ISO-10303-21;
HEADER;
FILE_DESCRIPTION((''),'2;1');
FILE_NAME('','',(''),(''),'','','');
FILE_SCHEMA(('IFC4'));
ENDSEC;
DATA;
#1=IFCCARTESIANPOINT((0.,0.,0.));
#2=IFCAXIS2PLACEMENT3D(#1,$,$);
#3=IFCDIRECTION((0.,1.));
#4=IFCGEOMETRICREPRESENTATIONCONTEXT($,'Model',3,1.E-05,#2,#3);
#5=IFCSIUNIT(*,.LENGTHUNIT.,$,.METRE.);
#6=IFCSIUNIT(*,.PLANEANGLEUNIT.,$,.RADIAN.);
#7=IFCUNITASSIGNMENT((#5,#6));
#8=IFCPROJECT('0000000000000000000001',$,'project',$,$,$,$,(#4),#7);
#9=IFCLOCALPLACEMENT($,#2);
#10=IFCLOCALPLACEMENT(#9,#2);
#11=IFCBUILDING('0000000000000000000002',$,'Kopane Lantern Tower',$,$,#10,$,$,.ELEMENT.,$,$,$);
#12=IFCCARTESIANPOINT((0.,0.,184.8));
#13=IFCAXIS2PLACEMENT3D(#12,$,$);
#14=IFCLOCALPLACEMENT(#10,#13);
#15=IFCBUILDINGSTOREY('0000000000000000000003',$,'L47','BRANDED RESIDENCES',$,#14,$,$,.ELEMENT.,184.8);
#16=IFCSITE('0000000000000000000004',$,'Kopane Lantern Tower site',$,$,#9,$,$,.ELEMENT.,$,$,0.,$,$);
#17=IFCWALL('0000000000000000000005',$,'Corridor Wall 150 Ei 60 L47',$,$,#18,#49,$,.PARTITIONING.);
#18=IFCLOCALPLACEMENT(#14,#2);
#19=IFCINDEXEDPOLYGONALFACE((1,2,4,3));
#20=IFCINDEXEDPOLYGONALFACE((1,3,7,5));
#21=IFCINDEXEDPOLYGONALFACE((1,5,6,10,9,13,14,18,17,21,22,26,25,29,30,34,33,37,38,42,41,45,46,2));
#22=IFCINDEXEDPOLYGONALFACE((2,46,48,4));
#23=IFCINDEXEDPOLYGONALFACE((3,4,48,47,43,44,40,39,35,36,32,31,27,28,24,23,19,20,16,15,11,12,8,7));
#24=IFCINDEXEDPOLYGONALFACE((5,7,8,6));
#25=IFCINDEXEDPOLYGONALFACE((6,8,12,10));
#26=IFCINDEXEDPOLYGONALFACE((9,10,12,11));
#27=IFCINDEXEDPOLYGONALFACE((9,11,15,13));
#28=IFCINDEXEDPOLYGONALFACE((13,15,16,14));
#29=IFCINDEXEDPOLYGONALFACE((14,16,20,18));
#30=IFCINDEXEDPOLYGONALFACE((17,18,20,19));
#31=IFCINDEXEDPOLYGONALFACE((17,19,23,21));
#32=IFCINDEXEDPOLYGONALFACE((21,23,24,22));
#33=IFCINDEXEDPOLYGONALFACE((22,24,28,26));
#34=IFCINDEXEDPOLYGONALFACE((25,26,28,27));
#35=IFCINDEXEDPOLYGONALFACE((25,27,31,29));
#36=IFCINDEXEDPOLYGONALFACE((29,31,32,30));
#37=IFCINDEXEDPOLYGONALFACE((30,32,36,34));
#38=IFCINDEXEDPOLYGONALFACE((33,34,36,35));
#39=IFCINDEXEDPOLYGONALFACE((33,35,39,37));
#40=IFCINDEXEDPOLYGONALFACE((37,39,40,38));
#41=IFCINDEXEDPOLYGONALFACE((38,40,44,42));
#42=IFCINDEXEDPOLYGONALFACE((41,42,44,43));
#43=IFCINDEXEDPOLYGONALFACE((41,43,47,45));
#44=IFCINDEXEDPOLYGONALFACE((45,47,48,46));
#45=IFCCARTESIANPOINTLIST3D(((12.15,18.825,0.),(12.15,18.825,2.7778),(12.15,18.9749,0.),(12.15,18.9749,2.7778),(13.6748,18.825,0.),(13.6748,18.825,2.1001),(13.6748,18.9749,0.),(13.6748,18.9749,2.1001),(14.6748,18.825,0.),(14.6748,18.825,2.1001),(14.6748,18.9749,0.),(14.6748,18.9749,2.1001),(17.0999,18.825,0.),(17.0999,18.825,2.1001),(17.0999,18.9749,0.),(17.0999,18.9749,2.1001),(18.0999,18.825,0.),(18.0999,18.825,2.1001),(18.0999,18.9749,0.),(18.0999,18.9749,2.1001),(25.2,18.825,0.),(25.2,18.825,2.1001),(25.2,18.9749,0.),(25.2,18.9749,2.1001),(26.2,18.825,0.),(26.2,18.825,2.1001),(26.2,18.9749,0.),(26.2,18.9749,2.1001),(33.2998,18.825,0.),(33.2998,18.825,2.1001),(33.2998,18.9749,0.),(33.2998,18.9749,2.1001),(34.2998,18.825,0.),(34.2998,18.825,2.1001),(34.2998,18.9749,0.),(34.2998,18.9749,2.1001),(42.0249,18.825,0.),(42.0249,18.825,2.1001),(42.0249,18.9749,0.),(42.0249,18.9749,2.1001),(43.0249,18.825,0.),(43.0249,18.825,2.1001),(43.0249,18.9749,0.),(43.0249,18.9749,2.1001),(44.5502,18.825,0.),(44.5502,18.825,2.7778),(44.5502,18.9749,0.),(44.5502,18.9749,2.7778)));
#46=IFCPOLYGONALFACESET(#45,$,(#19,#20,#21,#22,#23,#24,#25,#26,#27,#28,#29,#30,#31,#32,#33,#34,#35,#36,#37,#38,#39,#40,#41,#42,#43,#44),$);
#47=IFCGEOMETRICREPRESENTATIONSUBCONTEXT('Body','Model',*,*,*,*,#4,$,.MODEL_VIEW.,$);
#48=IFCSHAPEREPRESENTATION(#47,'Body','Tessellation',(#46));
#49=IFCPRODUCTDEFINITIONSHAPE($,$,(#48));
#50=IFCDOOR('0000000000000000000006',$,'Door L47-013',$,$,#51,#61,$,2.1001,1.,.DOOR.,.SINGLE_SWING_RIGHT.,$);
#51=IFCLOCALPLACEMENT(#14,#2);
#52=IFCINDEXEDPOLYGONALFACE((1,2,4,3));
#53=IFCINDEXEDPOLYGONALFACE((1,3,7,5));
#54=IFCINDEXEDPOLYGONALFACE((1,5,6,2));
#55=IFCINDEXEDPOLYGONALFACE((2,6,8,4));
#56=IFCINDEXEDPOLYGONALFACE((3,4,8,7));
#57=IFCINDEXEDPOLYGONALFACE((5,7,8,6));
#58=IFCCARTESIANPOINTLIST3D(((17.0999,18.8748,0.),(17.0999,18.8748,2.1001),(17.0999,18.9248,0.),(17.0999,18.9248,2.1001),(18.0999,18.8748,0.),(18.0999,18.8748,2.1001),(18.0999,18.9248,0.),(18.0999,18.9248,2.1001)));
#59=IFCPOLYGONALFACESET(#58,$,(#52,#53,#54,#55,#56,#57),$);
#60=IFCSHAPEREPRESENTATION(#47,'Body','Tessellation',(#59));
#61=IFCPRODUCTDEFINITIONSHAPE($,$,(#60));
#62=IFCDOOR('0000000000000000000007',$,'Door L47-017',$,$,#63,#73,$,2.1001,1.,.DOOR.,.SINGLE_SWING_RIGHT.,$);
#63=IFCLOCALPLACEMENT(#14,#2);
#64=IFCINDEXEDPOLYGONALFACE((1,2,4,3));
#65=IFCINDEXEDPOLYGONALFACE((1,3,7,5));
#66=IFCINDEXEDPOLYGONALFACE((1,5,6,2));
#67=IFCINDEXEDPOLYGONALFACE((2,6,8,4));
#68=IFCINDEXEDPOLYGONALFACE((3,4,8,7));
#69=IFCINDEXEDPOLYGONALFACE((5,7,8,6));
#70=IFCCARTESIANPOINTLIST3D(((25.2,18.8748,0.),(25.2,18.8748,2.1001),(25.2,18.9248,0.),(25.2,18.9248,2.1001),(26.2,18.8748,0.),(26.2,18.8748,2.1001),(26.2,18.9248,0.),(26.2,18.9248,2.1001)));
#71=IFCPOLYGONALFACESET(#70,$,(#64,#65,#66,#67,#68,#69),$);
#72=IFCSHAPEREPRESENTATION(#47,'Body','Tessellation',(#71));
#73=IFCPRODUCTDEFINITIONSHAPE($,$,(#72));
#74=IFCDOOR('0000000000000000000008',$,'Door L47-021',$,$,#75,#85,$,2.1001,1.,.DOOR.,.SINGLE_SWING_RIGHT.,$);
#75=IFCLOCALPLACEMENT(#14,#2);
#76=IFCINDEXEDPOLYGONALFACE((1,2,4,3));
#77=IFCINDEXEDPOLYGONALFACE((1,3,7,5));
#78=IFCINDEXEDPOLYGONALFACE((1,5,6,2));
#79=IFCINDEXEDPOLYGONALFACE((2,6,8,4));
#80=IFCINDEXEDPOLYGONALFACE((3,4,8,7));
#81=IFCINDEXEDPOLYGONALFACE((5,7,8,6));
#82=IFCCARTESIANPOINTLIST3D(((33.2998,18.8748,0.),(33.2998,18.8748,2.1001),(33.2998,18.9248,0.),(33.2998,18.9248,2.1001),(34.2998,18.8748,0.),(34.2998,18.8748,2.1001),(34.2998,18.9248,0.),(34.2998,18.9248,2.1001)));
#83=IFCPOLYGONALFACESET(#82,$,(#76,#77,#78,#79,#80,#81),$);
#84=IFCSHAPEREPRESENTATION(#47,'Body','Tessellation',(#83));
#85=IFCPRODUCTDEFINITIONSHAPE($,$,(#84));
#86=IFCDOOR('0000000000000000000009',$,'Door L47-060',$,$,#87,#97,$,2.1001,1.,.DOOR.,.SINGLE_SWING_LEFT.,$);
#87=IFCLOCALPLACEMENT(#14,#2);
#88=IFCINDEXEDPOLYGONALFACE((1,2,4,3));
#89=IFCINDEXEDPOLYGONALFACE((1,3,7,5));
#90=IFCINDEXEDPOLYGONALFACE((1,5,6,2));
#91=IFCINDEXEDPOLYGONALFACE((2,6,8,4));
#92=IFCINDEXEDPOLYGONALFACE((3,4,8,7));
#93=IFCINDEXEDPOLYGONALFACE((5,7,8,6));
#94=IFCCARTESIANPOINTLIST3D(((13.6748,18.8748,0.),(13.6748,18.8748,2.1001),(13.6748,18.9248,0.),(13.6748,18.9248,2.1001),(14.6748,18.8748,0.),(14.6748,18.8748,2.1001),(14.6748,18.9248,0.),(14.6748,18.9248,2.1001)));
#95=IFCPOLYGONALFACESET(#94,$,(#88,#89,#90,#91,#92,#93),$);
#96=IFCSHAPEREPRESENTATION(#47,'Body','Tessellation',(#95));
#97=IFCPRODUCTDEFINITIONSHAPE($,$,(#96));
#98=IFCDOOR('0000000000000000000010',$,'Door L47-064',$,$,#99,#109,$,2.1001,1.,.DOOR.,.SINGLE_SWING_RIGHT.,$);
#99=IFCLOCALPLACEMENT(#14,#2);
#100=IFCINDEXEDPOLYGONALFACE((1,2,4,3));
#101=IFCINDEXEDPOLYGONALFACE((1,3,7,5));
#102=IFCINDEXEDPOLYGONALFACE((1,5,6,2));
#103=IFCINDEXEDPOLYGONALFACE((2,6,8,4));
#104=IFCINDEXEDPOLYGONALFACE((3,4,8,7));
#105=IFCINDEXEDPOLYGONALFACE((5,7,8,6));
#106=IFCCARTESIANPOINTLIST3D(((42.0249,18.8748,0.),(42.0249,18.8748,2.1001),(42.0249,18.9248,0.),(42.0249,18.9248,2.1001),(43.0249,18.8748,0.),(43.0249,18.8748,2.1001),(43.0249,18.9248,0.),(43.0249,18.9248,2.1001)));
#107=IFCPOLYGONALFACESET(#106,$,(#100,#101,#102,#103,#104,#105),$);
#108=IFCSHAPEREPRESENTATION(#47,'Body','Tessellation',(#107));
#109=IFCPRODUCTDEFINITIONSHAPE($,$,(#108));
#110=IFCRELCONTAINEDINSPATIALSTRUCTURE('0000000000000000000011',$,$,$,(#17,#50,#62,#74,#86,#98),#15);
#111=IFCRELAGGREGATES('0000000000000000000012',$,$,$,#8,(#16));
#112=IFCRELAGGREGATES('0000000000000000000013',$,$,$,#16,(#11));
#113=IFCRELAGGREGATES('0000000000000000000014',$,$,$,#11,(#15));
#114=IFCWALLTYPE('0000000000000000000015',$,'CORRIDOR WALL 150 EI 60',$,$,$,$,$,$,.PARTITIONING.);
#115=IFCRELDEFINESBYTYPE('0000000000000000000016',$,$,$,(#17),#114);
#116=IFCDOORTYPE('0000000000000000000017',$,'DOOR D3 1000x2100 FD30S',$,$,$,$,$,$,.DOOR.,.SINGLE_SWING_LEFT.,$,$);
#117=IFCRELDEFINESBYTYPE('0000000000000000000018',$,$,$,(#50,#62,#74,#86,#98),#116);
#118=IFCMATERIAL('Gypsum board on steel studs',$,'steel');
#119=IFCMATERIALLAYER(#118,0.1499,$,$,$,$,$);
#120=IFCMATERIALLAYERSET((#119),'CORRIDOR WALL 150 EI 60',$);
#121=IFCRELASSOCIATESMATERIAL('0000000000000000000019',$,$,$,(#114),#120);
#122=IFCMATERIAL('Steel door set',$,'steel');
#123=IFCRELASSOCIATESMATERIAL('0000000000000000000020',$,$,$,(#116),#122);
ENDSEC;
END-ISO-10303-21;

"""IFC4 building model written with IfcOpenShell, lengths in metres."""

from ifc_helpers import new_model, si_unit, direction, frame, frame_2d, origin, place, context, subcontext, project, spatial, rectangle, extrude, material, layer, layer_set, type_object, element, fill, save


model = new_model("IFC4")

# Units and contexts
model_context = context("Model", 3, precision=1e-05, world=origin(), true_north=direction((0.0, 1.0)))
body_context = subcontext(model_context, "Body", "Model", "MODEL_VIEW")
ifc_project = project(units=[si_unit("LENGTHUNIT", "METRE"), si_unit("PLANEANGLEUNIT", "RADIAN")], contexts=[model_context])

# Site, building, storey
site_placement = place(None, origin())
site = spatial("IfcSite", under=ifc_project, at=site_placement, Name="Kopane Lantern Tower site", CompositionType="ELEMENT", RefElevation=0.0)
building_placement = place(site_placement, origin())
building = spatial("IfcBuilding", under=site, at=building_placement, Name="Kopane Lantern Tower", CompositionType="ELEMENT")
storey_placement = place(building_placement, frame((0.0, 0.0, 184.8)))
storey = spatial("IfcBuildingStorey", under=building, at=storey_placement, Name="L47", Description="BRANDED RESIDENCES", CompositionType="ELEMENT", Elevation=184.8)

# Wall, openings, doors
ifc_material_1 = material(Name="Gypsum board on steel studs", Category="steel")
ifc_layer_1 = layer(ifc_material_1, 0.1499)
ifc_layer_set_1 = layer_set([ifc_layer_1], Name="CORRIDOR WALL 150 EI 60")
wall_type_1 = type_object("IfcWallType", Name="CORRIDOR WALL 150 EI 60", PredefinedType="PARTITIONING", material=ifc_layer_set_1)
wall_1_placement = place(storey_placement, frame((12.1499, 18.8999, 0.0), z_axis=(0.0, 0.0, 1.0), x_axis=(1.0, 0.0, 0.0)))
wall_1 = element("IfcWall", 1, at=wall_1_placement, inside=storey, type_object=wall_type_1, Name="Corridor Wall 150 Ei 60 L47", PredefinedType="PARTITIONING", context=body_context, shape_type="SweptSolid", body=[
    extrude(rectangle(XDim=32.4001, YDim=0.1499, at=frame_2d((16.2002, 0.0))), origin(), (0.0, 0.0, 1.0), 2.7778),
])
opening_1_placement = place(wall_1_placement, frame((4.95, 0.0, 0.0)))
opening_1 = element("IfcOpeningElement", 2, at=opening_1_placement, cuts=wall_1, PredefinedType="OPENING", context=body_context, shape_type="SweptSolid", body=[
    extrude(rectangle(XDim=1.0, YDim=2.1001, at=frame_2d((0.5, 1.05))), frame((0.0, 0.085, 0.0), z_axis=(0.0, -1.0, 0.0), x_axis=(1.0, 0.0, 0.0)), (0.0, 0.0, 1.0), 0.1699),
])
opening_2_placement = place(wall_1_placement, frame((13.05, 0.0, 0.0)))
opening_2 = element("IfcOpeningElement", 3, at=opening_2_placement, cuts=wall_1, PredefinedType="OPENING", context=body_context, shape_type="SweptSolid", body=[
    extrude(rectangle(XDim=1.0, YDim=2.1001, at=frame_2d((0.5, 1.05))), frame((0.0, 0.085, 0.0), z_axis=(0.0, -1.0, 0.0), x_axis=(1.0, 0.0, 0.0)), (0.0, 0.0, 1.0), 0.1699),
])
opening_3_placement = place(wall_1_placement, frame((21.1499, 0.0, 0.0)))
opening_3 = element("IfcOpeningElement", 4, at=opening_3_placement, cuts=wall_1, PredefinedType="OPENING", context=body_context, shape_type="SweptSolid", body=[
    extrude(rectangle(XDim=1.0, YDim=2.1001, at=frame_2d((0.5, 1.05))), frame((0.0, 0.085, 0.0), z_axis=(0.0, -1.0, 0.0), x_axis=(1.0, 0.0, 0.0)), (0.0, 0.0, 1.0), 0.1699),
])
opening_4_placement = place(wall_1_placement, frame((1.5249, 0.0, 0.0)))
opening_4 = element("IfcOpeningElement", 5, at=opening_4_placement, cuts=wall_1, PredefinedType="OPENING", context=body_context, shape_type="SweptSolid", body=[
    extrude(rectangle(XDim=1.0, YDim=2.1001, at=frame_2d((0.5, 1.05))), frame((0.0, 0.085, 0.0), z_axis=(0.0, -1.0, 0.0), x_axis=(1.0, 0.0, 0.0)), (0.0, 0.0, 1.0), 0.1699),
])
opening_5_placement = place(wall_1_placement, frame((29.875, 0.0, 0.0)))
opening_5 = element("IfcOpeningElement", 6, at=opening_5_placement, cuts=wall_1, PredefinedType="OPENING", context=body_context, shape_type="SweptSolid", body=[
    extrude(rectangle(XDim=1.0, YDim=2.1001, at=frame_2d((0.5, 1.05))), frame((0.0, 0.085, 0.0), z_axis=(0.0, -1.0, 0.0), x_axis=(1.0, 0.0, 0.0)), (0.0, 0.0, 1.0), 0.1699),
])
ifc_material_2 = material(Name="Steel door set", Category="steel")
door_type_1 = type_object("IfcDoorType", Name="DOOR D3 1000x2100 FD30S", OperationType="SINGLE_SWING_LEFT", PredefinedType="DOOR", material=ifc_material_2)
door_1_placement = place(opening_1_placement, origin())
door_1 = element("IfcDoor", 7, at=door_1_placement, inside=storey, type_object=door_type_1, Name="Door L47-013", OperationType="SINGLE_SWING_RIGHT", OverallHeight=2.1001, OverallWidth=1.0, PredefinedType="DOOR", context=body_context, shape_type="SweptSolid", body=[
    extrude(rectangle(XDim=1.0, YDim=2.1001, at=frame_2d((0.5, 1.05))), frame((0.0, 0.0249, 0.0), z_axis=(0.0, -1.0, 0.0), x_axis=(1.0, 0.0, 0.0)), (0.0, 0.0, 1.0), 0.05),
])
fill(opening_1, door_1)
door_2_placement = place(opening_2_placement, origin())
door_2 = element("IfcDoor", 8, at=door_2_placement, inside=storey, type_object=door_type_1, Name="Door L47-017", OperationType="SINGLE_SWING_RIGHT", OverallHeight=2.1001, OverallWidth=1.0, PredefinedType="DOOR", context=body_context, shape_type="SweptSolid", body=[
    extrude(rectangle(XDim=1.0, YDim=2.1001, at=frame_2d((0.5, 1.05))), frame((0.0, 0.0249, 0.0), z_axis=(0.0, -1.0, 0.0), x_axis=(1.0, 0.0, 0.0)), (0.0, 0.0, 1.0), 0.05),
])
fill(opening_2, door_2)
door_3_placement = place(opening_3_placement, origin())
door_3 = element("IfcDoor", 9, at=door_3_placement, inside=storey, type_object=door_type_1, Name="Door L47-021", OperationType="SINGLE_SWING_RIGHT", OverallHeight=2.1001, OverallWidth=1.0, PredefinedType="DOOR", context=body_context, shape_type="SweptSolid", body=[
    extrude(rectangle(XDim=1.0, YDim=2.1001, at=frame_2d((0.5, 1.05))), frame((0.0, 0.0249, 0.0), z_axis=(0.0, -1.0, 0.0), x_axis=(1.0, 0.0, 0.0)), (0.0, 0.0, 1.0), 0.05),
])
fill(opening_3, door_3)
door_4_placement = place(opening_4_placement, origin())
door_4 = element("IfcDoor", 10, at=door_4_placement, inside=storey, type_object=door_type_1, Name="Door L47-060", OperationType="SINGLE_SWING_LEFT", OverallHeight=2.1001, OverallWidth=1.0, PredefinedType="DOOR", context=body_context, shape_type="SweptSolid", body=[
    extrude(rectangle(XDim=1.0, YDim=2.1001, at=frame_2d((0.5, 1.05))), frame((0.0, 0.0249, 0.0), z_axis=(0.0, -1.0, 0.0), x_axis=(1.0, 0.0, 0.0)), (0.0, 0.0, 1.0), 0.05),
])
fill(opening_4, door_4)
door_5_placement = place(opening_5_placement, origin())
door_5 = element("IfcDoor", 11, at=door_5_placement, inside=storey, type_object=door_type_1, Name="Door L47-064", OperationType="SINGLE_SWING_RIGHT", OverallHeight=2.1001, OverallWidth=1.0, PredefinedType="DOOR", context=body_context, shape_type="SweptSolid", body=[
    extrude(rectangle(XDim=1.0, YDim=2.1001, at=frame_2d((0.5, 1.05))), frame((0.0, 0.0249, 0.0), z_axis=(0.0, -1.0, 0.0), x_axis=(1.0, 0.0, 0.0)), (0.0, 0.0, 1.0), 0.05),
])
fill(opening_5, door_5)

save(model, "model.ifc")
